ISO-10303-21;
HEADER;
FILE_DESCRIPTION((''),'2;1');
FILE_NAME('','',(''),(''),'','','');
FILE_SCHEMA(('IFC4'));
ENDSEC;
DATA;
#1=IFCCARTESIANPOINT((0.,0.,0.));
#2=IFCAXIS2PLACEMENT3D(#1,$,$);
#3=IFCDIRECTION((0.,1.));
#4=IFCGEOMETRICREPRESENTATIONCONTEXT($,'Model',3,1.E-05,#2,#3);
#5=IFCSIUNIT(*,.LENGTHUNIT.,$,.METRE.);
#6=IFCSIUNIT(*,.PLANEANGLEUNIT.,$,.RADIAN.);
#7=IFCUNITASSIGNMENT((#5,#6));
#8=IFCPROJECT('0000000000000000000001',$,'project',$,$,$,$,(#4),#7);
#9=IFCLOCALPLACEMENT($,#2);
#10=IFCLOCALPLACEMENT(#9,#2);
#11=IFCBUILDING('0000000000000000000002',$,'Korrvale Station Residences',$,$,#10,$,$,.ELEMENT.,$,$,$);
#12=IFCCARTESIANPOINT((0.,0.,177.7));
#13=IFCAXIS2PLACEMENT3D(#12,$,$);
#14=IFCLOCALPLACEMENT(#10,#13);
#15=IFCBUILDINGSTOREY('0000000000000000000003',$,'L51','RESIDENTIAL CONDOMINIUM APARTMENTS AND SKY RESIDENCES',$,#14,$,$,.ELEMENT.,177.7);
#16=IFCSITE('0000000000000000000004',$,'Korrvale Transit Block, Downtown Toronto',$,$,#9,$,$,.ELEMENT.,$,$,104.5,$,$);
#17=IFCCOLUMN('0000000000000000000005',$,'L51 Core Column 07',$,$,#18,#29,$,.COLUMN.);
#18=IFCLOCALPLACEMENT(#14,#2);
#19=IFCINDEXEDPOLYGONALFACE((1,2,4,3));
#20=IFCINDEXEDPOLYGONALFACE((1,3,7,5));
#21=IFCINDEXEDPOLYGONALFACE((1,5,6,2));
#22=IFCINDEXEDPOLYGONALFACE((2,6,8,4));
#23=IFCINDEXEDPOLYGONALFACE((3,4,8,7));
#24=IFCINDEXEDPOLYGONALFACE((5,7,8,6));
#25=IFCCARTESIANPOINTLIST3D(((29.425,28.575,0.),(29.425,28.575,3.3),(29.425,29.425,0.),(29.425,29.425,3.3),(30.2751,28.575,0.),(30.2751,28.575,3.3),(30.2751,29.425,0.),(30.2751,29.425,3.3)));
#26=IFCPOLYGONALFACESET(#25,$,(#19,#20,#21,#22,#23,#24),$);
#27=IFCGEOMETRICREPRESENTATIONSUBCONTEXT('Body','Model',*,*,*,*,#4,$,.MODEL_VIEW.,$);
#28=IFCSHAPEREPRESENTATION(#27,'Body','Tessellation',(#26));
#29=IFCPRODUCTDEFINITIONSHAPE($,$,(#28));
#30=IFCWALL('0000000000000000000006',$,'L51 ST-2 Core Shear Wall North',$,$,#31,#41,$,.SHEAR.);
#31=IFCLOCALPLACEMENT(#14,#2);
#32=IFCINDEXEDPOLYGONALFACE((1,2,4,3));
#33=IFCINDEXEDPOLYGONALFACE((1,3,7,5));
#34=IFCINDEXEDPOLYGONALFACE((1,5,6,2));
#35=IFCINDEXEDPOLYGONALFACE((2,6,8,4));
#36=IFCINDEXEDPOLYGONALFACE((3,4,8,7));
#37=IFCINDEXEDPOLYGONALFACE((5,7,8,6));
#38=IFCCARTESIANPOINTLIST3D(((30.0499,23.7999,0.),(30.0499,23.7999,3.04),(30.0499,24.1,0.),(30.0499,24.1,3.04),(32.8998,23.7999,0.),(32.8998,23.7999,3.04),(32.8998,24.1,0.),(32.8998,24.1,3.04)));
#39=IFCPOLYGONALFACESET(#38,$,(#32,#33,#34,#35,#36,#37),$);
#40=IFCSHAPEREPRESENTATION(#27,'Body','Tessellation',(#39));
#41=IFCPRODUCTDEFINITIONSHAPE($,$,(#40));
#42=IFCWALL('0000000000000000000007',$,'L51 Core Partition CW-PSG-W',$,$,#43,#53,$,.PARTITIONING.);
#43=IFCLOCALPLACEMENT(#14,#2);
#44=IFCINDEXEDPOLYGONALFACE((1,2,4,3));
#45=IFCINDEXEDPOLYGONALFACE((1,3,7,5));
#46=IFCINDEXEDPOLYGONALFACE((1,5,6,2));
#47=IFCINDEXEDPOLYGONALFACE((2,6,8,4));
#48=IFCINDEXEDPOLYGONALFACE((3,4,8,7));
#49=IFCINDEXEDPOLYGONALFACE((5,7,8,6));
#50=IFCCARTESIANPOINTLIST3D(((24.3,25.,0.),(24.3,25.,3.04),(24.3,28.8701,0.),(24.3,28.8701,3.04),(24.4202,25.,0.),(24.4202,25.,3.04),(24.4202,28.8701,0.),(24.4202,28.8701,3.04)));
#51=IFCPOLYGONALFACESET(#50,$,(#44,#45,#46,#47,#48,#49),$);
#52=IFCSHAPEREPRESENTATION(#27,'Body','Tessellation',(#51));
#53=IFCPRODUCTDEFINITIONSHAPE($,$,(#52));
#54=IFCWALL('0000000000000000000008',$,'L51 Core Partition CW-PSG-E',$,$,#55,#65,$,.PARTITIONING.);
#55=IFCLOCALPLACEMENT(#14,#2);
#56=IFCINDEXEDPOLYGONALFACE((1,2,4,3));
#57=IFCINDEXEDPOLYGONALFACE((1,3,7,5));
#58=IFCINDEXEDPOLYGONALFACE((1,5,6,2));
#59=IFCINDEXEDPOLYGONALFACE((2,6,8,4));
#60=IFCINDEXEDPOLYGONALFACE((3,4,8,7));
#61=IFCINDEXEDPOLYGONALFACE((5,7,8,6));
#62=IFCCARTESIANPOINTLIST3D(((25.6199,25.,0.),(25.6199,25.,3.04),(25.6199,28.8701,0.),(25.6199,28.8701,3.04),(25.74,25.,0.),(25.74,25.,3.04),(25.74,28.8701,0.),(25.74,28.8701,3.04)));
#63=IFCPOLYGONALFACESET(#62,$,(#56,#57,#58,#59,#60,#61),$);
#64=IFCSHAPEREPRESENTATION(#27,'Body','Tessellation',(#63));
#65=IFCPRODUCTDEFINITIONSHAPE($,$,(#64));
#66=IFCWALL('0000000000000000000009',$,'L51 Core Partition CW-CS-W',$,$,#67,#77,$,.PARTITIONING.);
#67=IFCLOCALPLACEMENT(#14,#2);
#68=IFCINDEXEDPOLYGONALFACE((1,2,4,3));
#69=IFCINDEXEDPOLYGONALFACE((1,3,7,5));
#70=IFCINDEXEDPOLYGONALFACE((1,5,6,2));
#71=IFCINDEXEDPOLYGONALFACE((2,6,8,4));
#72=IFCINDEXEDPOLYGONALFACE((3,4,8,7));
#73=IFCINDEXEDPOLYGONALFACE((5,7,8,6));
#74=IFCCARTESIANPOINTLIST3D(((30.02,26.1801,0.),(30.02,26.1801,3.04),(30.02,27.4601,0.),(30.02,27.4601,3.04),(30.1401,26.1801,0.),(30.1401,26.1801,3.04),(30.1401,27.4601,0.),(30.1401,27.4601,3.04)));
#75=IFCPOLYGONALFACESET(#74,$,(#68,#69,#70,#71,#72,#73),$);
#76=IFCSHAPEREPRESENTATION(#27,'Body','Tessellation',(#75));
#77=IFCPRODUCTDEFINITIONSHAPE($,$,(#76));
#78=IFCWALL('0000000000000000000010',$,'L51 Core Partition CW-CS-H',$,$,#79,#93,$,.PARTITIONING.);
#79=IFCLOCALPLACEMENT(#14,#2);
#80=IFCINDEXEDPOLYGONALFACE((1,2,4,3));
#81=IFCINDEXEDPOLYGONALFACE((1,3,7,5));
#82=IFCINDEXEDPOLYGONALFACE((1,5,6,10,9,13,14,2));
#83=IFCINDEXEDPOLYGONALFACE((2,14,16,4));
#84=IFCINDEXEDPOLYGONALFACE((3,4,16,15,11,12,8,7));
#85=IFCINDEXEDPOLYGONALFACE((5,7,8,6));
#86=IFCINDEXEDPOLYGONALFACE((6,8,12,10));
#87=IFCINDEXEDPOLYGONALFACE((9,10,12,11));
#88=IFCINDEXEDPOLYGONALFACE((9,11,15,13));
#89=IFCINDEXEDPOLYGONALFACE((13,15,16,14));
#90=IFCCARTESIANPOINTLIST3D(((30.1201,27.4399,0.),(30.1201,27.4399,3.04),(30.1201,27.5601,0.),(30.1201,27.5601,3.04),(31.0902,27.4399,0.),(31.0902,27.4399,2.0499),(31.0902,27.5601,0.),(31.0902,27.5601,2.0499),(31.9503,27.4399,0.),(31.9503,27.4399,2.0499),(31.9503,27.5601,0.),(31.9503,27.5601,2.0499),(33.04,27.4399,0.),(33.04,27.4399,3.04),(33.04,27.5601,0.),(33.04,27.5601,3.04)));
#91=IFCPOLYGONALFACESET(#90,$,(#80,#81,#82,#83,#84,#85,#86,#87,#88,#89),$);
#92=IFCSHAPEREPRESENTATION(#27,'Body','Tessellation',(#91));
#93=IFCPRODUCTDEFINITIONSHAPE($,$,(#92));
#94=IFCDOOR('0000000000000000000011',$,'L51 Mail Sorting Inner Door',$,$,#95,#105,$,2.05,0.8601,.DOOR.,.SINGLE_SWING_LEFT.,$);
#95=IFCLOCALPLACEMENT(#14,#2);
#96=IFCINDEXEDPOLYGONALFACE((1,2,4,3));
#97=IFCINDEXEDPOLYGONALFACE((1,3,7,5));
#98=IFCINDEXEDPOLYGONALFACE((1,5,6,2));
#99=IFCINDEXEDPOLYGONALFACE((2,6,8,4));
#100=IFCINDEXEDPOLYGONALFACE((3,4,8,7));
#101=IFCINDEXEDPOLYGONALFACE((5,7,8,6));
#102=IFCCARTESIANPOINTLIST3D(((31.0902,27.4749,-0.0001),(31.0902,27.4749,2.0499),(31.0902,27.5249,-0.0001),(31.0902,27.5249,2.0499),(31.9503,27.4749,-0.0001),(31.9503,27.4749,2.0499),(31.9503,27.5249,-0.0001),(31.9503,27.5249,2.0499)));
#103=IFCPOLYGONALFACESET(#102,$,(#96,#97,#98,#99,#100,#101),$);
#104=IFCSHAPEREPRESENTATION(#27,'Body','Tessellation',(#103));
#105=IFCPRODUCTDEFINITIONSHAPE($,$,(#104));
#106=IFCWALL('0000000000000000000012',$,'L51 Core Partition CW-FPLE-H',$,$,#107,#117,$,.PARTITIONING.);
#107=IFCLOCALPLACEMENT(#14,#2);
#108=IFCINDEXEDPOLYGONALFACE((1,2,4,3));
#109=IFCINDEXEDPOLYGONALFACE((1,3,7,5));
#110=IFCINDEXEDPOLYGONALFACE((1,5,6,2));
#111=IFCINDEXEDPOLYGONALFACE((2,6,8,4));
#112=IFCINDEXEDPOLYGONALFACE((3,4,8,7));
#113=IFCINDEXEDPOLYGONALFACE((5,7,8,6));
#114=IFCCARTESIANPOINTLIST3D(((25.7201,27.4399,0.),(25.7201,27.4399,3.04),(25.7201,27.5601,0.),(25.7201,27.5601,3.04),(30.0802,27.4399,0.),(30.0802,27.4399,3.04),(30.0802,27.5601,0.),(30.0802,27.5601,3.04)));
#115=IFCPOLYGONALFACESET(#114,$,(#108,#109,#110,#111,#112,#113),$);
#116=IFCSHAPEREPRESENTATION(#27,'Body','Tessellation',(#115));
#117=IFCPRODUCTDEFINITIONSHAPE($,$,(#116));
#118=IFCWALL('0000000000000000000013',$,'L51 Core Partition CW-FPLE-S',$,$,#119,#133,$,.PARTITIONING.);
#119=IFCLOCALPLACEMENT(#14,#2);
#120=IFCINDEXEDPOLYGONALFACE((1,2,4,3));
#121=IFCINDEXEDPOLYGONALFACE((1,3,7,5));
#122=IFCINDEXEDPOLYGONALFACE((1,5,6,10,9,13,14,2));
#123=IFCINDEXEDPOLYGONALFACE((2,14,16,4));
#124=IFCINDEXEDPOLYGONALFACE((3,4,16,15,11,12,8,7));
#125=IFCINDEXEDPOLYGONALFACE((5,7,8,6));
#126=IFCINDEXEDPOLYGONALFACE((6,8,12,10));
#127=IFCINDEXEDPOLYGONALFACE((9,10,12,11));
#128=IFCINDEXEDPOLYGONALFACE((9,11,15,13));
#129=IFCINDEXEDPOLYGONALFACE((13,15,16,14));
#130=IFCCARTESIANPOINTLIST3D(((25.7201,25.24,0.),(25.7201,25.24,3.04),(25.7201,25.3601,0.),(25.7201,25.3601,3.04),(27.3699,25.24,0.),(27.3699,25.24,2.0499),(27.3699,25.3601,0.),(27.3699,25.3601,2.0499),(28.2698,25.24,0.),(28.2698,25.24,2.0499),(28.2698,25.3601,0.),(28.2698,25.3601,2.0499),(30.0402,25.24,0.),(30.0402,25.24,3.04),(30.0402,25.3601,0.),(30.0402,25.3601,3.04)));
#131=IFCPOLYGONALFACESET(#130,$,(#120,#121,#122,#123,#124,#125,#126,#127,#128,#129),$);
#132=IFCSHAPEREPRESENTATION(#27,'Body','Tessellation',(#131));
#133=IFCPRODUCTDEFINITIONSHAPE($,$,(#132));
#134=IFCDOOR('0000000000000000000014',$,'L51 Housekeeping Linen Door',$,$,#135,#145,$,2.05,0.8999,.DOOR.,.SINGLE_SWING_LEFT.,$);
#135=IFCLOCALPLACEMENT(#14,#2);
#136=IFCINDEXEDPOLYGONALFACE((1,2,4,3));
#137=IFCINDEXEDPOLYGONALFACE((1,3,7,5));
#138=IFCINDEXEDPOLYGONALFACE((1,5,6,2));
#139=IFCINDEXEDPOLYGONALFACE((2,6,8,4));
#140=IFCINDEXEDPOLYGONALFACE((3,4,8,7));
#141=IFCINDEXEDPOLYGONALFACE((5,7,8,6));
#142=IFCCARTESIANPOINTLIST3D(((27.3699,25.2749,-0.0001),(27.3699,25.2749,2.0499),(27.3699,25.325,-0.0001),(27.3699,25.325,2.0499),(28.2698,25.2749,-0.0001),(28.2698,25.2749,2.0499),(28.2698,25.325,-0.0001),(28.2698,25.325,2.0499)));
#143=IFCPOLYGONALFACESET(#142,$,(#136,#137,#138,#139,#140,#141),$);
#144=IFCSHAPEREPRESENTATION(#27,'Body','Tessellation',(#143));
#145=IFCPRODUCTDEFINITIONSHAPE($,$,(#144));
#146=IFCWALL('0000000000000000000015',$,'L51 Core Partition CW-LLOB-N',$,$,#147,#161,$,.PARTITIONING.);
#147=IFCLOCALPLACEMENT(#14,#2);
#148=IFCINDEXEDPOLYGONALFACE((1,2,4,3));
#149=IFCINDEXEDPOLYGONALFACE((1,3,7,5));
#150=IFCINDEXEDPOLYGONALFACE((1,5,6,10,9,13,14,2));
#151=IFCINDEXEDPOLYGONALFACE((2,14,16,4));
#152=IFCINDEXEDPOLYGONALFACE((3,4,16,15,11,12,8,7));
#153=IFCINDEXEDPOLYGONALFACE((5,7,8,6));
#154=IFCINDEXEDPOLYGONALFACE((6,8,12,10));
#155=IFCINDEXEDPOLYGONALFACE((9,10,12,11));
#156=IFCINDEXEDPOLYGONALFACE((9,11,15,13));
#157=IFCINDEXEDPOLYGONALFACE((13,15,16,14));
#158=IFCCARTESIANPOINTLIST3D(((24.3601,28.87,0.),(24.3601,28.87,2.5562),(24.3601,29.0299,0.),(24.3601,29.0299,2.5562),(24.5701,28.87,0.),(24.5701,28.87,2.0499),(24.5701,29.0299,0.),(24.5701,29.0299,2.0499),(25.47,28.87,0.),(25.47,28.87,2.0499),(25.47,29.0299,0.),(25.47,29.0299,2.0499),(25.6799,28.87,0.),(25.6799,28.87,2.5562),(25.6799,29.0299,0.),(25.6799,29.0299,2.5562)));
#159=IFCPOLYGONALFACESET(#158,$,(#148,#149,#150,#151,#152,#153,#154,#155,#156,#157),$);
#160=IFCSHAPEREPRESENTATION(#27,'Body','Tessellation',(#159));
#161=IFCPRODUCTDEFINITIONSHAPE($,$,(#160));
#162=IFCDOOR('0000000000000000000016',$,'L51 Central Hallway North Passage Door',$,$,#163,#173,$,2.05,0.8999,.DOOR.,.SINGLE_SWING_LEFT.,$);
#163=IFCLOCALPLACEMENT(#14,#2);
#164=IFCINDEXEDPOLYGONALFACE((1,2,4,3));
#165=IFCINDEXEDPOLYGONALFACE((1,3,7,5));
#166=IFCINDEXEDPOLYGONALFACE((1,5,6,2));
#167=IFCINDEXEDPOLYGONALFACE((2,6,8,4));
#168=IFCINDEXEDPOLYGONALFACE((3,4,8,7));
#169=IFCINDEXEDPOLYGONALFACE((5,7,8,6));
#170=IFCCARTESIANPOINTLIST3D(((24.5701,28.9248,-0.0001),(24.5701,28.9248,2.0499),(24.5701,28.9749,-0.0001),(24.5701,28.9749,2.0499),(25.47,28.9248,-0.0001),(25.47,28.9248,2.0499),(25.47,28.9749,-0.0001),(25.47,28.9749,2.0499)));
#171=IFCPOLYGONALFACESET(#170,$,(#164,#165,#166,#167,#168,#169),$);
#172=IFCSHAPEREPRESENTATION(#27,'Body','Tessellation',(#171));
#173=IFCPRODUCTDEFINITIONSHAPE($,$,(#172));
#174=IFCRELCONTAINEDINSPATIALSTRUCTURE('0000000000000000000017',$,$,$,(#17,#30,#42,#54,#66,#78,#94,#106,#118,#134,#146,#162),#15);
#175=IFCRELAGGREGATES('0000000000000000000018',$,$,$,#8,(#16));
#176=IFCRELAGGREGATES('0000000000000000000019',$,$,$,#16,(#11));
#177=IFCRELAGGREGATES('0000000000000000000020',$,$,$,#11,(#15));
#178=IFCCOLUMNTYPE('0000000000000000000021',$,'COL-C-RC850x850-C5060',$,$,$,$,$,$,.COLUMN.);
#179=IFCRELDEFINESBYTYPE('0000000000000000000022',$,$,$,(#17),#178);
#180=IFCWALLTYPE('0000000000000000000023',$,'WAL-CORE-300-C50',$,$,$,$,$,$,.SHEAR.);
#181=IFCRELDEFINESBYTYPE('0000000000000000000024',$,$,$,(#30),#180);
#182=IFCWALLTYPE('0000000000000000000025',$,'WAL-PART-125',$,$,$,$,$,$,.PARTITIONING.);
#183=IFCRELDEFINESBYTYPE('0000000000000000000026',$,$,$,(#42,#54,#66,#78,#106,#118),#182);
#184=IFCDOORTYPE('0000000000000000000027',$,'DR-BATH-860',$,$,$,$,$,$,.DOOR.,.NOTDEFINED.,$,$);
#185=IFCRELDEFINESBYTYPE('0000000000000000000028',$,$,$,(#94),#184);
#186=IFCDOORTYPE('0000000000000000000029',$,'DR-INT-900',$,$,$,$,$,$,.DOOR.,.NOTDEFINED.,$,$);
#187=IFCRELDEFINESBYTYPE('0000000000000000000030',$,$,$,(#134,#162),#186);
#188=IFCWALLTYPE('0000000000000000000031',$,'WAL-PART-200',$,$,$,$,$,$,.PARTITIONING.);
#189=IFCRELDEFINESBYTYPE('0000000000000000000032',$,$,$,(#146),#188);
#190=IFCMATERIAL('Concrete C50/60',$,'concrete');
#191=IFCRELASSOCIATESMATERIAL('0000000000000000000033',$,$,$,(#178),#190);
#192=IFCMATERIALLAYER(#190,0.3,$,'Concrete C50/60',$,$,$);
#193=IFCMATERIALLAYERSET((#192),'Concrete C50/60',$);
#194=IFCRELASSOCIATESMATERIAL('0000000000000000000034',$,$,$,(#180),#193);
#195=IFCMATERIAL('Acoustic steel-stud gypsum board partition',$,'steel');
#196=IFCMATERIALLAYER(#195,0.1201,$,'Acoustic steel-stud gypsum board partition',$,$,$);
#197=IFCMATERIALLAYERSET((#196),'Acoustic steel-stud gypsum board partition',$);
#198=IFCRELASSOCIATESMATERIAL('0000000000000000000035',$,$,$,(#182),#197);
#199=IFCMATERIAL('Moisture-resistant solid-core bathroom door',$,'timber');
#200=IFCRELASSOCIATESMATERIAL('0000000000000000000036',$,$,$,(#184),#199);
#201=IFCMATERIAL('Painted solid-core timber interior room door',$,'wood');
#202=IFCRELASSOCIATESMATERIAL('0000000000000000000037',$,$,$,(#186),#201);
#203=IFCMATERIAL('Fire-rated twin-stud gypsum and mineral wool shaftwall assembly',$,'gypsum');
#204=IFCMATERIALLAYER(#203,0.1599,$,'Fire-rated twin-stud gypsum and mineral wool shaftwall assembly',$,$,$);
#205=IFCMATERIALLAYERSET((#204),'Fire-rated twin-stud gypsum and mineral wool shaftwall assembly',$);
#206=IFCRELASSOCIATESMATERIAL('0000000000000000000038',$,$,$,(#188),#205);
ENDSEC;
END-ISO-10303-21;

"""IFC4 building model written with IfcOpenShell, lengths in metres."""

from ifc_helpers import new_model, si_unit, direction, frame, frame_2d, origin, origin_2d, place, context, subcontext, project, spatial, rectangle, extrude, material, layer, layer_set, material_profile, profile_set, type_object, element, fill, save


model = new_model("IFC4")

# Units and contexts
model_context = context("Model", 3, precision=1e-05, world=origin(), true_north=direction((0.0, 1.0)))
body_context = subcontext(model_context, "Body", "Model", "MODEL_VIEW")
ifc_project = project(units=[si_unit("LENGTHUNIT", "METRE"), si_unit("PLANEANGLEUNIT", "RADIAN")], contexts=[model_context])

# Site, building, storey
site_placement = place(None, origin())
site = spatial("IfcSite", under=ifc_project, at=site_placement, Name="Korrvale Transit Block, Downtown Toronto", CompositionType="ELEMENT", RefElevation=104.5)
building_placement = place(site_placement, origin())
building = spatial("IfcBuilding", under=site, at=building_placement, Name="Korrvale Station Residences", CompositionType="ELEMENT")
storey_placement = place(building_placement, frame((0.0, 0.0, 177.7)))
storey = spatial("IfcBuildingStorey", under=building, at=storey_placement, Name="L51", Description="RESIDENTIAL CONDOMINIUM APARTMENTS AND SKY RESIDENCES", CompositionType="ELEMENT", Elevation=177.7)

# Column
ifc_material_1 = material(Name="Concrete C50/60", Category="concrete")
ifc_material_profile = material_profile(ifc_material_1, rectangle(XDim=0.8501, YDim=0.8501, at=origin_2d()), Name="RC850x850")
ifc_profile_set = profile_set([ifc_material_profile], Name="Concrete C50/60")
column_type = type_object("IfcColumnType", Name="COL-C-RC850x850-C5060", PredefinedType="COLUMN", material=ifc_profile_set)
column_placement = place(storey_placement, frame((29.8501, 29.0, 0.0), z_axis=(0.0, 0.0, 1.0), x_axis=(1.0, 0.0, 0.0)))
element("IfcColumn", 1, at=column_placement, inside=storey, type_object=column_type, Name="L51 Core Column 07", PredefinedType="COLUMN", context=body_context, shape_type="SweptSolid", body=[
    extrude(rectangle(XDim=0.8501, YDim=0.8501, at=origin_2d()), origin(), (0.0, 0.0, 1.0), 3.3),
])

# Walls
ifc_layer_1 = layer(ifc_material_1, 0.3, Name="Concrete C50/60")
ifc_layer_set_1 = layer_set([ifc_layer_1], Name="Concrete C50/60")
wall_type_1 = type_object("IfcWallType", Name="WAL-CORE-300-C50", PredefinedType="SHEAR", material=ifc_layer_set_1)
wall_1_placement = place(storey_placement, frame((30.05, 23.95, 0.0), z_axis=(0.0, 0.0, 1.0), x_axis=(1.0, 0.0, 0.0)))
element("IfcWall", 2, at=wall_1_placement, inside=storey, type_object=wall_type_1, Name="L51 ST-2 Core Shear Wall North", PredefinedType="SHEAR", context=body_context, shape_type="SweptSolid", body=[
    extrude(rectangle(XDim=2.8499, YDim=0.3, at=frame_2d((1.4248, 0.0))), origin(), (0.0, 0.0, 1.0), 3.04),
])
ifc_material_2 = material(Name="Acoustic steel-stud gypsum board partition", Category="steel")
ifc_layer_2 = layer(ifc_material_2, 0.1201, Name="Acoustic steel-stud gypsum board partition")
ifc_layer_set_2 = layer_set([ifc_layer_2], Name="Acoustic steel-stud gypsum board partition")
wall_type_2 = type_object("IfcWallType", Name="WAL-PART-125", PredefinedType="PARTITIONING", material=ifc_layer_set_2)
for number, where, z_axis, x_axis, name in (
    (3, (24.3601, 25.0, 0.0), (0.0, 0.0, 1.0), (0.0, 1.0, 0.0), "L51 Core Partition CW-PSG-W"),
    (4, (25.6799, 25.0, 0.0), (0.0, 0.0, 1.0), (0.0, 1.0, 0.0), "L51 Core Partition CW-PSG-E"),
):
    element("IfcWall", number, at=place(storey_placement, frame(where, z_axis=z_axis, x_axis=x_axis)), inside=storey, type_object=wall_type_2, Name=name, PredefinedType="PARTITIONING", context=body_context, shape_type="SweptSolid", body=[
        extrude(rectangle(XDim=3.8701, YDim=0.1201, at=frame_2d((1.9351, 0.0))), origin(), (0.0, 0.0, 1.0), 3.04),
    ])
wall_2_placement = place(storey_placement, frame((30.0801, 26.1799, 0.0), z_axis=(0.0, 0.0, 1.0), x_axis=(0.0, 1.0, 0.0)))
element("IfcWall", 5, at=wall_2_placement, inside=storey, type_object=wall_type_2, Name="L51 Core Partition CW-CS-W", PredefinedType="PARTITIONING", context=body_context, shape_type="SweptSolid", body=[
    extrude(rectangle(XDim=1.28, YDim=0.1201, at=frame_2d((0.6401, 0.0))), origin(), (0.0, 0.0, 1.0), 3.04),
])

# Wall, opening, door
wall_3_placement = place(storey_placement, frame((30.1201, 27.5, 0.0), z_axis=(0.0, 0.0, 1.0), x_axis=(1.0, 0.0, 0.0)))
wall_3 = element("IfcWall", 6, at=wall_3_placement, inside=storey, type_object=wall_type_2, Name="L51 Core Partition CW-CS-H", PredefinedType="PARTITIONING", context=body_context, shape_type="SweptSolid", body=[
    extrude(rectangle(XDim=2.9199, YDim=0.1201, at=frame_2d((1.46, 0.0))), origin(), (0.0, 0.0, 1.0), 3.04),
])
opening_1_placement = place(wall_3_placement, frame((0.97, 0.0, 0.0)))
opening_1 = element("IfcOpeningElement", 7, at=opening_1_placement, cuts=wall_3, PredefinedType="OPENING", context=body_context, shape_type="SweptSolid", body=[
    extrude(rectangle(XDim=0.8601, YDim=2.05, at=frame_2d((0.4302, 1.0249))), frame((0.0, 0.0701, 0.0), z_axis=(0.0, -1.0, 0.0), x_axis=(1.0, 0.0, 0.0)), (0.0, 0.0, 1.0), 0.1401),
])
ifc_material_3 = material(Name="Moisture-resistant solid-core bathroom door", Category="timber")
door_type_1 = type_object("IfcDoorType", Name="DR-BATH-860", OperationType="NOTDEFINED", PredefinedType="DOOR", material=ifc_material_3)
door_1_placement = place(opening_1_placement, origin())
door_1 = element("IfcDoor", 8, at=door_1_placement, inside=storey, type_object=door_type_1, Name="L51 Mail Sorting Inner Door", OperationType="SINGLE_SWING_LEFT", OverallHeight=2.05, OverallWidth=0.8601, PredefinedType="DOOR", context=body_context, shape_type="SweptSolid", body=[
    extrude(rectangle(XDim=0.8601, YDim=2.05, at=frame_2d((0.4302, 1.0249))), frame((0.0, 0.0249, 0.0), z_axis=(0.0, -1.0, 0.0), x_axis=(1.0, 0.0, 0.0)), (0.0, 0.0, 1.0), 0.05),
])
fill(opening_1, door_1)

# Wall
wall_4_placement = place(storey_placement, frame((25.72, 27.5, 0.0), z_axis=(0.0, 0.0, 1.0), x_axis=(1.0, 0.0, 0.0)))
element("IfcWall", 9, at=wall_4_placement, inside=storey, type_object=wall_type_2, Name="L51 Core Partition CW-FPLE-H", PredefinedType="PARTITIONING", context=body_context, shape_type="SweptSolid", body=[
    extrude(rectangle(XDim=4.3601, YDim=0.1201, at=frame_2d((2.1802, 0.0))), origin(), (0.0, 0.0, 1.0), 3.04),
])

# Walls, openings, doors
wall_5_placement = place(storey_placement, frame((25.72, 25.3, 0.0), z_axis=(0.0, 0.0, 1.0), x_axis=(1.0, 0.0, 0.0)))
wall_5 = element("IfcWall", 10, at=wall_5_placement, inside=storey, type_object=wall_type_2, Name="L51 Core Partition CW-FPLE-S", PredefinedType="PARTITIONING", context=body_context, shape_type="SweptSolid", body=[
    extrude(rectangle(XDim=4.3201, YDim=0.1201, at=frame_2d((2.1602, 0.0))), origin(), (0.0, 0.0, 1.0), 3.04),
])
opening_2_placement = place(wall_5_placement, frame((1.6499, 0.0, 0.0)))
opening_2 = element("IfcOpeningElement", 11, at=opening_2_placement, cuts=wall_5, PredefinedType="OPENING", context=body_context, shape_type="SweptSolid", body=[
    extrude(rectangle(XDim=0.8999, YDim=2.05, at=frame_2d((0.45, 1.0249))), frame((0.0, 0.0701, 0.0), z_axis=(0.0, -1.0, 0.0), x_axis=(1.0, 0.0, 0.0)), (0.0, 0.0, 1.0), 0.1401),
])
ifc_material_4 = material(Name="Painted solid-core timber interior room door", Category="wood")
door_type_2 = type_object("IfcDoorType", Name="DR-INT-900", OperationType="NOTDEFINED", PredefinedType="DOOR", material=ifc_material_4)
door_2_placement = place(opening_2_placement, origin())
door_2 = element("IfcDoor", 12, at=door_2_placement, inside=storey, type_object=door_type_2, Name="L51 Housekeeping Linen Door", OperationType="SINGLE_SWING_LEFT", OverallHeight=2.05, OverallWidth=0.8999, PredefinedType="DOOR", context=body_context, shape_type="SweptSolid", body=[
    extrude(rectangle(XDim=0.8999, YDim=2.05, at=frame_2d((0.45, 1.0249))), frame((0.0, 0.0249, 0.0), z_axis=(0.0, -1.0, 0.0), x_axis=(1.0, 0.0, 0.0)), (0.0, 0.0, 1.0), 0.05),
])
fill(opening_2, door_2)
ifc_material_5 = material(Name="Fire-rated twin-stud gypsum and mineral wool shaftwall assembly", Category="gypsum")
ifc_layer_3 = layer(ifc_material_5, 0.1599, Name="Fire-rated twin-stud gypsum and mineral wool shaftwall assembly")
ifc_layer_set_3 = layer_set([ifc_layer_3], Name="Fire-rated twin-stud gypsum and mineral wool shaftwall assembly")
wall_type_3 = type_object("IfcWallType", Name="WAL-PART-200", PredefinedType="PARTITIONING", material=ifc_layer_set_3)
wall_6_placement = place(storey_placement, frame((24.3601, 28.95, 0.0), z_axis=(0.0, 0.0, 1.0), x_axis=(1.0, 0.0, 0.0)))
wall_6 = element("IfcWall", 13, at=wall_6_placement, inside=storey, type_object=wall_type_3, Name="L51 Core Partition CW-LLOB-N", PredefinedType="PARTITIONING", context=body_context, shape_type="SweptSolid", body=[
    extrude(rectangle(XDim=1.3198, YDim=0.1599, at=frame_2d((0.6599, 0.0))), origin(), (0.0, 0.0, 1.0), 2.5562),
])
opening_3_placement = place(wall_6_placement, frame((0.21, 0.0, 0.0)))
opening_3 = element("IfcOpeningElement", 14, at=opening_3_placement, cuts=wall_6, PredefinedType="OPENING", context=body_context, shape_type="SweptSolid", body=[
    extrude(rectangle(XDim=0.8999, YDim=2.05, at=frame_2d((0.45, 1.0249))), frame((0.0, 0.0898, 0.0), z_axis=(0.0, -1.0, 0.0), x_axis=(1.0, 0.0, 0.0)), (0.0, 0.0, 1.0), 0.1799),
])
door_3_placement = place(opening_3_placement, origin())
door_3 = element("IfcDoor", 15, at=door_3_placement, inside=storey, type_object=door_type_2, Name="L51 Central Hallway North Passage Door", OperationType="SINGLE_SWING_LEFT", OverallHeight=2.05, OverallWidth=0.8999, PredefinedType="DOOR", context=body_context, shape_type="SweptSolid", body=[
    extrude(rectangle(XDim=0.8999, YDim=2.05, at=frame_2d((0.45, 1.0249))), frame((0.0, 0.0249, 0.0), z_axis=(0.0, -1.0, 0.0), x_axis=(1.0, 0.0, 0.0)), (0.0, 0.0, 1.0), 0.05),
])
fill(opening_3, door_3)

save(model, "model.ifc")
